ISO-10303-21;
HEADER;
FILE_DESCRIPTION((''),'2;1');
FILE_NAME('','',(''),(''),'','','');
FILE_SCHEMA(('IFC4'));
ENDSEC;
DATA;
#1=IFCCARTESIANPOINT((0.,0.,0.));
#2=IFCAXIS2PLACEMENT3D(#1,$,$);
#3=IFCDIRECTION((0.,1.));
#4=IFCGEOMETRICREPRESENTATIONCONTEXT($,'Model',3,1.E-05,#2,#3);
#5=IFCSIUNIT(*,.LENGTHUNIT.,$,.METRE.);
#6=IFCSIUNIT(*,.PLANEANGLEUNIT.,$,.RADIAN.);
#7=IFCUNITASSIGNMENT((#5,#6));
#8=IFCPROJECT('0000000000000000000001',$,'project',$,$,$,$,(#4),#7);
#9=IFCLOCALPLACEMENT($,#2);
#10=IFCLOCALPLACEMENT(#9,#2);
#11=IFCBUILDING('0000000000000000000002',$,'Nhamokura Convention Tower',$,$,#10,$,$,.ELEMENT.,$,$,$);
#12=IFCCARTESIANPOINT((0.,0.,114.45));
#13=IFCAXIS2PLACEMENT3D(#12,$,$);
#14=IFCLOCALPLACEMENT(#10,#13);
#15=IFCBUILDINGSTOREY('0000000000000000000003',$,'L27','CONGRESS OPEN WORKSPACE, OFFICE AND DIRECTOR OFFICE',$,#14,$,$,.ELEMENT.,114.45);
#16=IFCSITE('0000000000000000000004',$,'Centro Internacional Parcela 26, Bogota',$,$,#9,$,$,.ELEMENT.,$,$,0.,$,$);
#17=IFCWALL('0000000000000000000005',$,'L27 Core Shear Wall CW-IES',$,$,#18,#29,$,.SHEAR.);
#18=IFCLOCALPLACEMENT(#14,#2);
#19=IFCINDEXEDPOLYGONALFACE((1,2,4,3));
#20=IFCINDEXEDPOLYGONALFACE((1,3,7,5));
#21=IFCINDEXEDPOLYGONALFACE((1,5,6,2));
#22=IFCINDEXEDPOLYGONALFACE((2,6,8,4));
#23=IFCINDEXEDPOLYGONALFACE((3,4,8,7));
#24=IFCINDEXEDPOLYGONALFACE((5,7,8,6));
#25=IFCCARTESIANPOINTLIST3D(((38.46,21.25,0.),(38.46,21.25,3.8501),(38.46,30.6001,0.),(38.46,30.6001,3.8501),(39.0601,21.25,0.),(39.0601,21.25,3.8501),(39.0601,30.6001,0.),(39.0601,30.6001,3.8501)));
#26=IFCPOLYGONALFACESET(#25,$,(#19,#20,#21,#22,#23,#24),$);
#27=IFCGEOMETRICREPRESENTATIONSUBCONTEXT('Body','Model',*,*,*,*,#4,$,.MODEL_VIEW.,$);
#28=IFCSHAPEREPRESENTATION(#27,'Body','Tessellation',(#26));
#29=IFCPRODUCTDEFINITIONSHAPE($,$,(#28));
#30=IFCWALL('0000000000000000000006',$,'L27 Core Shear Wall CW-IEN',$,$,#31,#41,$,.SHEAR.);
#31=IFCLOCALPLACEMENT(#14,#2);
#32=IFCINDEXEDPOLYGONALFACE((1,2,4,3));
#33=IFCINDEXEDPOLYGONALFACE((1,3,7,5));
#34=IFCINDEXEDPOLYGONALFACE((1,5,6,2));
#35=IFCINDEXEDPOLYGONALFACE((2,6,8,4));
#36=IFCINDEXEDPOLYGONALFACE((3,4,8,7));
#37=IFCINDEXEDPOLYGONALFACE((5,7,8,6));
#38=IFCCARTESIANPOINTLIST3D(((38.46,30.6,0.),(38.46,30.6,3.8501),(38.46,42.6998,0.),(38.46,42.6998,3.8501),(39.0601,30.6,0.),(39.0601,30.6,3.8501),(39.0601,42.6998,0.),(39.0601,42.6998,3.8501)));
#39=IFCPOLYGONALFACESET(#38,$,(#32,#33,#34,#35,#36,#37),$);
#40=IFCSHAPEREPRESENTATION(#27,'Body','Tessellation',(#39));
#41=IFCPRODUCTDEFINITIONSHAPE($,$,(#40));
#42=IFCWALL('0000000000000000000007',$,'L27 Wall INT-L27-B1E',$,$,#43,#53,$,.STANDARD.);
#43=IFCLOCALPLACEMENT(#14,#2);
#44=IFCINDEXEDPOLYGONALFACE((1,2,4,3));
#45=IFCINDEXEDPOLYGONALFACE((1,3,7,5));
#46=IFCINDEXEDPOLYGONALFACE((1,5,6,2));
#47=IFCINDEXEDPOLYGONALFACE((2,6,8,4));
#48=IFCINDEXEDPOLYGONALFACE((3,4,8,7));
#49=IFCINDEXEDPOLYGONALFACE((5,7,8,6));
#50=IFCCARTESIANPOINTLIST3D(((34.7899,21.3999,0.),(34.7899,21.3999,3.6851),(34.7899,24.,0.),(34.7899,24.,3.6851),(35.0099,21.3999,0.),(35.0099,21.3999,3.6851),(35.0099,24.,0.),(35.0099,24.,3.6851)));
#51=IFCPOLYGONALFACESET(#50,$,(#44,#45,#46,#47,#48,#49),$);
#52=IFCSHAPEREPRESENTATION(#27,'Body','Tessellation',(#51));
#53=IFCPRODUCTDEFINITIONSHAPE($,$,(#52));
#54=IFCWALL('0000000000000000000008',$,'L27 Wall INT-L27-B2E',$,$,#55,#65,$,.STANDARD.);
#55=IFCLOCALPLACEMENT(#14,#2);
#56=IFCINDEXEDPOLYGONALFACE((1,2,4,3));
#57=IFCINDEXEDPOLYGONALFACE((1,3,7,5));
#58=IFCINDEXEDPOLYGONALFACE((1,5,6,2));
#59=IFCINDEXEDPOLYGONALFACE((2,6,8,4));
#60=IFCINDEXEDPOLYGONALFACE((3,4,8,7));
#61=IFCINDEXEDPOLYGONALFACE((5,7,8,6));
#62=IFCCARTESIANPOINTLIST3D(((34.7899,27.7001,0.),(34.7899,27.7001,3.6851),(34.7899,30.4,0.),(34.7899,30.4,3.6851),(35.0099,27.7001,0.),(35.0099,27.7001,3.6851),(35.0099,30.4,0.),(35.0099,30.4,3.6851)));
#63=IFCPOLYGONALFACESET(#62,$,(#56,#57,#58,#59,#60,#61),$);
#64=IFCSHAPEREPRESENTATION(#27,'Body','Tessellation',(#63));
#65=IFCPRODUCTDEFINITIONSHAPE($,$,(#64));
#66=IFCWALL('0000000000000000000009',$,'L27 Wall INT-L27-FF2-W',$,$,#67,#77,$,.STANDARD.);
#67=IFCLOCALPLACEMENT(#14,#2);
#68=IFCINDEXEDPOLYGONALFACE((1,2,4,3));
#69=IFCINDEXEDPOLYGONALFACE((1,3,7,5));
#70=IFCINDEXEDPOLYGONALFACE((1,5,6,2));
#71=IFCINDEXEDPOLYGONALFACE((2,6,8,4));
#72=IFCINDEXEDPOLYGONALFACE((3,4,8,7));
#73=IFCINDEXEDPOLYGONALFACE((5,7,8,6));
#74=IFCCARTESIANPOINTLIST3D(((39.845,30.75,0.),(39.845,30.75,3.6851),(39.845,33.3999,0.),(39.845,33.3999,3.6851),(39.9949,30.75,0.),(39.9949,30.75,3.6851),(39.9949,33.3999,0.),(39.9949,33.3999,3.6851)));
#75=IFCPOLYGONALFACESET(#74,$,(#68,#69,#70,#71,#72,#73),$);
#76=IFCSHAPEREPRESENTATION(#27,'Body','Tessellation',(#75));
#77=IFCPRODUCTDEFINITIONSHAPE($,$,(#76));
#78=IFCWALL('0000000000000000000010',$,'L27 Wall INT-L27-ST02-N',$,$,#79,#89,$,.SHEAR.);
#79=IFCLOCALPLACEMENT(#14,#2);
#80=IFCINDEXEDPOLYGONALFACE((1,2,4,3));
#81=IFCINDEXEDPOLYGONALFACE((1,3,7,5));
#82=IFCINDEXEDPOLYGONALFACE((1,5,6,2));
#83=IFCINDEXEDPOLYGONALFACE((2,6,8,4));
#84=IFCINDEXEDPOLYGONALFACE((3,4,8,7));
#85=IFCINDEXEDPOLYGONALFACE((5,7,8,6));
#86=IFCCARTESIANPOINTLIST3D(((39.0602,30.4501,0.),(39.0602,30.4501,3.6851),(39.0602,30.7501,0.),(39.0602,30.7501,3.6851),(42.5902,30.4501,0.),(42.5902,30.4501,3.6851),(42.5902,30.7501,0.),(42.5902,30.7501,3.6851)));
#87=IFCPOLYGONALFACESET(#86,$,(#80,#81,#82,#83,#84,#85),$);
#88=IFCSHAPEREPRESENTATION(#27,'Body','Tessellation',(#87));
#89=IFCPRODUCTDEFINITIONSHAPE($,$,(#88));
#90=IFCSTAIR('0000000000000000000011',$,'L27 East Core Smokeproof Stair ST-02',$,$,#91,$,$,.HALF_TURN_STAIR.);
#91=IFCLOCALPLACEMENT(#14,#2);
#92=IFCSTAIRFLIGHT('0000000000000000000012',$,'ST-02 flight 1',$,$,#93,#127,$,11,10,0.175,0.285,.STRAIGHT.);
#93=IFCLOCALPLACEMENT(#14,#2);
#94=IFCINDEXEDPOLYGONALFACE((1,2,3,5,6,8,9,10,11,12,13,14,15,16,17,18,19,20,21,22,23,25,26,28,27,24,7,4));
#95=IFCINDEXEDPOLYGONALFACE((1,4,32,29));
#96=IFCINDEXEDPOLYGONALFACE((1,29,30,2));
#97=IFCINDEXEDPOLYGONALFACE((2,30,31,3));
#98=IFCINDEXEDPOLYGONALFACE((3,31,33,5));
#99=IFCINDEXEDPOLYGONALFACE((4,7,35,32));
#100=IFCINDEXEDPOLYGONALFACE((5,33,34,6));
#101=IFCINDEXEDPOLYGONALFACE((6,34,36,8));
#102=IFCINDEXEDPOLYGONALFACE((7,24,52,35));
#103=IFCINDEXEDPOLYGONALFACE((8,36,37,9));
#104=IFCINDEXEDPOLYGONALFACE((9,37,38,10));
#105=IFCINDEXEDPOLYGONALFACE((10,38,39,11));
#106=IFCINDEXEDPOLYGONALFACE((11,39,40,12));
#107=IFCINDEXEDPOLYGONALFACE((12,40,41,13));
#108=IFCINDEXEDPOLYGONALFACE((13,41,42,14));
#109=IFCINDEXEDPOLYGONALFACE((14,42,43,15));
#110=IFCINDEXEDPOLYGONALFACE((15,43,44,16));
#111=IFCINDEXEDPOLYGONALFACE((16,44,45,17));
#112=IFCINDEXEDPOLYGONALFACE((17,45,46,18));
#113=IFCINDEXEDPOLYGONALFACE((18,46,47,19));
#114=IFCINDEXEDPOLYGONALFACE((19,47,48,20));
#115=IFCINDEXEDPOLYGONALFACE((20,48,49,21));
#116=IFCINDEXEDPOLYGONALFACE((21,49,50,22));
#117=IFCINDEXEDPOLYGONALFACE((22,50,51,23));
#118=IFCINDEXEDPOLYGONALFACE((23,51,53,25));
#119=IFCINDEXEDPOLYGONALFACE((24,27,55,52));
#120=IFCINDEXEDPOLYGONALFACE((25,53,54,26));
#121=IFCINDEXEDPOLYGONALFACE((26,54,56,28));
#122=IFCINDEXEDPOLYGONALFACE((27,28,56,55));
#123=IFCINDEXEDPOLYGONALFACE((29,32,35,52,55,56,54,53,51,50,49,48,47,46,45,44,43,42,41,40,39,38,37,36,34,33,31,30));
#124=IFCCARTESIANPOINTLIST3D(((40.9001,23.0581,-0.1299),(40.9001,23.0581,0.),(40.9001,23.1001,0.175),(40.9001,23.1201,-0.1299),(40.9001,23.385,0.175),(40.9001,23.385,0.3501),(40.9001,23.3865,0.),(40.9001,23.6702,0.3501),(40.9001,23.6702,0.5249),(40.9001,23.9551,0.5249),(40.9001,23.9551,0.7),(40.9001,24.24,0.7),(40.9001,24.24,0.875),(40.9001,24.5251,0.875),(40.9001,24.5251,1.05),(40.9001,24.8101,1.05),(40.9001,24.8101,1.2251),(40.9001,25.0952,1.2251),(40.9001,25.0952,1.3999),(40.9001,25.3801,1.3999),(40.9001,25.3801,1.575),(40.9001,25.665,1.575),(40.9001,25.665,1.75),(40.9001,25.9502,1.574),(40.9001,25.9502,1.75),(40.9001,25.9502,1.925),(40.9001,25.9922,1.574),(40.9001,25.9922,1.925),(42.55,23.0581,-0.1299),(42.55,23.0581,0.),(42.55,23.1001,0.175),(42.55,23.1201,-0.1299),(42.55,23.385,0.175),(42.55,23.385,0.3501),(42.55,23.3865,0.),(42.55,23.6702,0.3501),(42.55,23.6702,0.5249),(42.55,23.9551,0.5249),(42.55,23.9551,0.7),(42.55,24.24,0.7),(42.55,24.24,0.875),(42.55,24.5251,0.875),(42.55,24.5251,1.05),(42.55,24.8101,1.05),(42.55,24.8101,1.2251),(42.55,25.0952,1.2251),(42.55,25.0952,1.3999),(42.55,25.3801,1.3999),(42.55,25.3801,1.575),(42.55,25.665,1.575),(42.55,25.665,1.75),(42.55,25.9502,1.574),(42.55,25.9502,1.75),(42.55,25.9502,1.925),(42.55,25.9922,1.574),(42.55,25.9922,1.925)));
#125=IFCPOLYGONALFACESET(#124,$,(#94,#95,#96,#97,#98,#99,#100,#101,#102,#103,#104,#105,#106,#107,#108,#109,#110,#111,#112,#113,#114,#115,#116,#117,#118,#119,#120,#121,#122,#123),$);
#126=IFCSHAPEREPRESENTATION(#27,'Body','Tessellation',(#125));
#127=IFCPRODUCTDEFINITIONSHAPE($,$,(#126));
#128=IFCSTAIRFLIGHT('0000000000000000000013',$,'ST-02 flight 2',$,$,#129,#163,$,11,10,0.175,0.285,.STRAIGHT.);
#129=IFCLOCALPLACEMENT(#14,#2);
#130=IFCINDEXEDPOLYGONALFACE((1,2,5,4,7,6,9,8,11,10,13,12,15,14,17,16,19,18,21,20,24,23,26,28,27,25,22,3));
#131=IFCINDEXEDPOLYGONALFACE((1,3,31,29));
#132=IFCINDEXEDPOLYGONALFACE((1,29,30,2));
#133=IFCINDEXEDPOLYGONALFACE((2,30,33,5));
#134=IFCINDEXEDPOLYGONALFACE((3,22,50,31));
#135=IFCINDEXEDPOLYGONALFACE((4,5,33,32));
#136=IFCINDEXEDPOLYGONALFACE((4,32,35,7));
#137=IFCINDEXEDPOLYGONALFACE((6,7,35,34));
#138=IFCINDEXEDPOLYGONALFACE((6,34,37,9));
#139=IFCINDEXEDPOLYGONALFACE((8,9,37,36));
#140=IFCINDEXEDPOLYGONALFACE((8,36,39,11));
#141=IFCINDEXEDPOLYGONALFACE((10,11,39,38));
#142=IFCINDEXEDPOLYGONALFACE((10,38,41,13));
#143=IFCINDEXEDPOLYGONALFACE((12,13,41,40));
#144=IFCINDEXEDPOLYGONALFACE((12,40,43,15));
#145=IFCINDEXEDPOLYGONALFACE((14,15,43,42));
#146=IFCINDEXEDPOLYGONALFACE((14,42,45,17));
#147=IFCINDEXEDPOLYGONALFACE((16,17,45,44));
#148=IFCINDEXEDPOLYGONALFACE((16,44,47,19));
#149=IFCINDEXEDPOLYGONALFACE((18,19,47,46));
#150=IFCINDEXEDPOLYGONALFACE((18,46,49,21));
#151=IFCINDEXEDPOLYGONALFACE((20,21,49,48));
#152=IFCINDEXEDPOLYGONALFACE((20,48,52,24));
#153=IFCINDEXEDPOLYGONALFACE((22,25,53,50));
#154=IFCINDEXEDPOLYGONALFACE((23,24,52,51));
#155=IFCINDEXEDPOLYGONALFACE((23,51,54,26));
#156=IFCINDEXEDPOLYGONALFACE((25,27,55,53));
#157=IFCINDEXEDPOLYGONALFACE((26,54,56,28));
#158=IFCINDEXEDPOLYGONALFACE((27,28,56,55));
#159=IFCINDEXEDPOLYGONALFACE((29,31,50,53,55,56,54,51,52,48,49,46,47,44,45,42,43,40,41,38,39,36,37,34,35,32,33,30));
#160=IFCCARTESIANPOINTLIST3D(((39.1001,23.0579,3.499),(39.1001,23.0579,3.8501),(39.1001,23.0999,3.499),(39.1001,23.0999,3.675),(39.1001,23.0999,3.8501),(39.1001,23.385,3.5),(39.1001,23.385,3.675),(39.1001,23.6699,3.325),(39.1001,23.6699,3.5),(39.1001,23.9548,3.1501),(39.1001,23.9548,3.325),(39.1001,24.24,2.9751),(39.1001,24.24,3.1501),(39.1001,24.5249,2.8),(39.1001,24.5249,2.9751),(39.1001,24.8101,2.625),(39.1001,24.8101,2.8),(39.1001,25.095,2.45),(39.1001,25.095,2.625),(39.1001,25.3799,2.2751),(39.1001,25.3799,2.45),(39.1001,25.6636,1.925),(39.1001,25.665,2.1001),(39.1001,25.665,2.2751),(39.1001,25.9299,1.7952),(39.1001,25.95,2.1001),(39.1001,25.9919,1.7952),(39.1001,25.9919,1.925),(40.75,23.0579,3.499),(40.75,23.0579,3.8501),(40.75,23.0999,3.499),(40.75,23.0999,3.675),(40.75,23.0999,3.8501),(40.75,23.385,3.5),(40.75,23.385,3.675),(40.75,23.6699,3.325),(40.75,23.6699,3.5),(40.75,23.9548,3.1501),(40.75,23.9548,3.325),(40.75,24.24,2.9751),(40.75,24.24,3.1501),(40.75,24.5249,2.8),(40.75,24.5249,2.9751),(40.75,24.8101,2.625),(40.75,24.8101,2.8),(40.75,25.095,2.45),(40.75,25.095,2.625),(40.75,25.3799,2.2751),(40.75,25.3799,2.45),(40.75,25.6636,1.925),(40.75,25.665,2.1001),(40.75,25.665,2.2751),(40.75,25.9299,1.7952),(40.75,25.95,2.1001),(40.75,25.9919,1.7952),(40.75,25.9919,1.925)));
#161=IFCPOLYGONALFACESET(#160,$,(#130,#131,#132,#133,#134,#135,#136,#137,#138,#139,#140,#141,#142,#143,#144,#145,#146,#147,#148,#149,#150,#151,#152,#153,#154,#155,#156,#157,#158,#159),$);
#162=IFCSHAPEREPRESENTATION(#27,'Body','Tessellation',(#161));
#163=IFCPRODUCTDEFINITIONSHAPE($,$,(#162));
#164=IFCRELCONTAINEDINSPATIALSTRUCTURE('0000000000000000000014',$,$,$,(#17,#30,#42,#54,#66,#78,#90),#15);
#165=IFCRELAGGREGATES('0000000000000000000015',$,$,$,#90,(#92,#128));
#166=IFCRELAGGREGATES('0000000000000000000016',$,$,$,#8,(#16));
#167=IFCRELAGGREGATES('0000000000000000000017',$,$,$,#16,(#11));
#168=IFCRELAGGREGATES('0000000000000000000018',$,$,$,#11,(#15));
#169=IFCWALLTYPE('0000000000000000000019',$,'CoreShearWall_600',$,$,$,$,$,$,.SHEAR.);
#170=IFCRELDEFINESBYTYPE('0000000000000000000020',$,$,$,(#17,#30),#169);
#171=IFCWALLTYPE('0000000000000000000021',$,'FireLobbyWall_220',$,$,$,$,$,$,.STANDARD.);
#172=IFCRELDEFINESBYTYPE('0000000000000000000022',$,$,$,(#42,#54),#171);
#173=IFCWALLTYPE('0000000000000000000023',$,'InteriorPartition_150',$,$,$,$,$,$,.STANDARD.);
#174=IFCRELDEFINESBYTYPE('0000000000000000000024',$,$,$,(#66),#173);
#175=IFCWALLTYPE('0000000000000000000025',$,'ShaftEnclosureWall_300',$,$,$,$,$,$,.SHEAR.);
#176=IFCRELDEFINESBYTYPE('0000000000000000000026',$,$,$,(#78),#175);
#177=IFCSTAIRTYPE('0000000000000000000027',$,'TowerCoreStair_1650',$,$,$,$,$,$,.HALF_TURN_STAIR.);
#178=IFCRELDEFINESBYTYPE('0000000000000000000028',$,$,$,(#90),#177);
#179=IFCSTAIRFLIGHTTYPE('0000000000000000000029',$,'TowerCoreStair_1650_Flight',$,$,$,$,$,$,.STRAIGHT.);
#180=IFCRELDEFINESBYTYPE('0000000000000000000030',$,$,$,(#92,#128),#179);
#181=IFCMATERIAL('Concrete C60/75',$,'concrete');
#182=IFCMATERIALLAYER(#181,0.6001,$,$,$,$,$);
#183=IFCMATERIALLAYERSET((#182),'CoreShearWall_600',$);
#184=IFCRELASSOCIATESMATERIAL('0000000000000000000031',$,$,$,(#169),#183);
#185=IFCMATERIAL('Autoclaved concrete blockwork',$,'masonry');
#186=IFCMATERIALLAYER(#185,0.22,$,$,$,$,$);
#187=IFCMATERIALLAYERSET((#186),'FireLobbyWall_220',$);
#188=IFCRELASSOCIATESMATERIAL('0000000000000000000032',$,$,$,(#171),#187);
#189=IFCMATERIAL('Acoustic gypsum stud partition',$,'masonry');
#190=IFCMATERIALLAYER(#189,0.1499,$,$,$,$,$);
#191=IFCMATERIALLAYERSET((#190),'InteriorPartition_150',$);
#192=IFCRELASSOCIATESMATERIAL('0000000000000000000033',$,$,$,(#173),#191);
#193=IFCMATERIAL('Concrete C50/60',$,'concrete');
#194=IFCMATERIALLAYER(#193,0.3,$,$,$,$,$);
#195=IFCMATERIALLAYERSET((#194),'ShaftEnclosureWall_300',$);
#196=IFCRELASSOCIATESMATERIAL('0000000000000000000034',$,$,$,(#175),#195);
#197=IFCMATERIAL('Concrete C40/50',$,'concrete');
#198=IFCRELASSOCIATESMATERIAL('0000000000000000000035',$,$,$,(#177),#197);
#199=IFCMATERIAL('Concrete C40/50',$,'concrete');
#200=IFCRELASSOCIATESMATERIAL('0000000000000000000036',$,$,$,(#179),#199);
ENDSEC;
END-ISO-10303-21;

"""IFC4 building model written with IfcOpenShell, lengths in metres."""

from ifc_helpers import new_model, si_unit, direction, frame, frame_2d, origin, place, context, subcontext, project, spatial, polyline, rectangle, outline, extrude, material, layer, layer_set, type_object, element, aggregate, save


model = new_model("IFC4")

# Units and contexts
model_context = context("Model", 3, precision=1e-05, world=origin(), true_north=direction((0.0, 1.0)))
body_context = subcontext(model_context, "Body", "Model", "MODEL_VIEW")
ifc_project = project(units=[si_unit("LENGTHUNIT", "METRE"), si_unit("PLANEANGLEUNIT", "RADIAN")], contexts=[model_context])

# Site, building, storey
site_placement = place(None, origin())
site = spatial("IfcSite", under=ifc_project, at=site_placement, Name="Centro Internacional Parcela 26, Bogota", CompositionType="ELEMENT", RefElevation=0.0)
building_placement = place(site_placement, origin())
building = spatial("IfcBuilding", under=site, at=building_placement, Name="Nhamokura Convention Tower", CompositionType="ELEMENT")
storey_placement = place(building_placement, frame((0.0, 0.0, 114.45)))
storey = spatial("IfcBuildingStorey", under=building, at=storey_placement, Name="L27", Description="CONGRESS OPEN WORKSPACE, OFFICE AND DIRECTOR OFFICE", CompositionType="ELEMENT", Elevation=114.45)

# Shared definitions
ifc_material_1 = material(Name="Concrete C60/75", Category="concrete")
ifc_layer_1 = layer(ifc_material_1, 0.6001)
ifc_layer_set_1 = layer_set([ifc_layer_1], Name="CoreShearWall_600")
wall_type_1 = type_object("IfcWallType", Name="CoreShearWall_600", PredefinedType="SHEAR", material=ifc_layer_set_1)

# Walls
wall_1_placement = place(storey_placement, frame((38.76, 21.25, 0.0), z_axis=(0.0, 0.0, 1.0), x_axis=(0.0, 1.0, 0.0)))
element("IfcWall", 1, at=wall_1_placement, inside=storey, type_object=wall_type_1, Name="L27 Core Shear Wall CW-IES", PredefinedType="SHEAR", context=body_context, shape_type="SweptSolid", body=[
    extrude(rectangle(XDim=9.3501, YDim=0.6001, at=frame_2d((4.675, 0.0))), origin(), (0.0, 0.0, 1.0), 3.8501),
])
wall_2_placement = place(storey_placement, frame((38.76, 30.6001, 0.0), z_axis=(0.0, 0.0, 1.0), x_axis=(0.0, 1.0, 0.0)))
element("IfcWall", 2, at=wall_2_placement, inside=storey, type_object=wall_type_1, Name="L27 Core Shear Wall CW-IEN", PredefinedType="SHEAR", context=body_context, shape_type="SweptSolid", body=[
    extrude(rectangle(XDim=12.0999, YDim=0.6001, at=frame_2d((6.0498, 0.0))), origin(), (0.0, 0.0, 1.0), 3.8501),
])
ifc_material_2 = material(Name="Autoclaved concrete blockwork", Category="masonry")
ifc_layer_2 = layer(ifc_material_2, 0.22)
ifc_layer_set_2 = layer_set([ifc_layer_2], Name="FireLobbyWall_220")
wall_type_2 = type_object("IfcWallType", Name="FireLobbyWall_220", PredefinedType="STANDARD", material=ifc_layer_set_2)
wall_3_placement = place(storey_placement, frame((34.8999, 21.3999, 0.0), z_axis=(0.0, 0.0, 1.0), x_axis=(0.0, 1.0, 0.0)))
element("IfcWall", 3, at=wall_3_placement, inside=storey, type_object=wall_type_2, Name="L27 Wall INT-L27-B1E", PredefinedType="STANDARD", context=body_context, shape_type="SweptSolid", body=[
    extrude(rectangle(XDim=2.6001, YDim=0.22, at=frame_2d((1.3, 0.0))), origin(), (0.0, 0.0, 1.0), 3.6851),
])
wall_4_placement = place(storey_placement, frame((34.8999, 27.7, 0.0), z_axis=(0.0, 0.0, 1.0), x_axis=(0.0, 1.0, 0.0)))
element("IfcWall", 4, at=wall_4_placement, inside=storey, type_object=wall_type_2, Name="L27 Wall INT-L27-B2E", PredefinedType="STANDARD", context=body_context, shape_type="SweptSolid", body=[
    extrude(rectangle(XDim=2.7, YDim=0.22, at=frame_2d((1.3501, 0.0))), origin(), (0.0, 0.0, 1.0), 3.6851),
])
ifc_material_3 = material(Name="Acoustic gypsum stud partition", Category="masonry")
ifc_layer_3 = layer(ifc_material_3, 0.1499)
ifc_layer_set_3 = layer_set([ifc_layer_3], Name="InteriorPartition_150")
wall_type_3 = type_object("IfcWallType", Name="InteriorPartition_150", PredefinedType="STANDARD", material=ifc_layer_set_3)
wall_5_placement = place(storey_placement, frame((39.9199, 30.75, 0.0), z_axis=(0.0, 0.0, 1.0), x_axis=(0.0, 1.0, 0.0)))
element("IfcWall", 5, at=wall_5_placement, inside=storey, type_object=wall_type_3, Name="L27 Wall INT-L27-FF2-W", PredefinedType="STANDARD", context=body_context, shape_type="SweptSolid", body=[
    extrude(rectangle(XDim=2.6499, YDim=0.1499, at=frame_2d((1.325, 0.0))), origin(), (0.0, 0.0, 1.0), 3.6851),
])
ifc_material_4 = material(Name="Concrete C50/60", Category="concrete")
ifc_layer_4 = layer(ifc_material_4, 0.3)
ifc_layer_set_4 = layer_set([ifc_layer_4], Name="ShaftEnclosureWall_300")
wall_type_4 = type_object("IfcWallType", Name="ShaftEnclosureWall_300", PredefinedType="SHEAR", material=ifc_layer_set_4)
wall_6_placement = place(storey_placement, frame((39.0601, 30.6001, 0.0), z_axis=(0.0, 0.0, 1.0), x_axis=(1.0, 0.0, 0.0)))
element("IfcWall", 6, at=wall_6_placement, inside=storey, type_object=wall_type_4, Name="L27 Wall INT-L27-ST02-N", PredefinedType="SHEAR", context=body_context, shape_type="SweptSolid", body=[
    extrude(rectangle(XDim=3.53, YDim=0.3, at=frame_2d((1.7651, 0.0))), origin(), (0.0, 0.0, 1.0), 3.6851),
])

# Stair, stair flights
ifc_material_5 = material(Name="Concrete C40/50", Category="concrete")
stair_type = type_object("IfcStairType", Name="TowerCoreStair_1650", PredefinedType="HALF_TURN_STAIR", material=ifc_material_5)
stair_placement = place(storey_placement, origin())
stair = element("IfcStair", 7, at=stair_placement, inside=storey, type_object=stair_type, Name="L27 East Core Smokeproof Stair ST-02", PredefinedType="HALF_TURN_STAIR")
ifc_material_6 = material(Name="Concrete C40/50", Category="concrete")
stair_flight_type = type_object("IfcStairFlightType", Name="TowerCoreStair_1650_Flight", PredefinedType="STRAIGHT", material=ifc_material_6)
stair_flight_1_placement = place(storey_placement, frame((41.7251, 23.1001, 0.0), z_axis=(0.0, 0.0, 1.0), x_axis=(0.0, 1.0, 0.0)))
stair_flight_1 = element("IfcStairFlight", 8, at=stair_flight_1_placement, type_object=stair_flight_type, Name="ST-02 flight 1", NumberOfRisers=11, NumberOfTreads=10, PredefinedType="STRAIGHT", RiserHeight=0.175, TreadLength=0.285, context=body_context, shape_type="SweptSolid", body=[
    extrude(outline(polyline([(-0.042, 0.0), (0.0, 0.175), (0.2849, 0.175), (0.2849, 0.3501), (0.5701, 0.3501), (0.5701, 0.5249), (0.855, 0.5249), (0.855, 0.7), (1.1399, 0.7), (1.1399, 0.875), (1.425, 0.875), (1.425, 1.05), (1.71, 1.05), (1.71, 1.2251), (1.9951, 1.2251), (1.9951, 1.3999), (2.28, 1.3999), (2.28, 1.575), (2.5649, 1.575), (2.5649, 1.75), (2.8501, 1.75), (2.8501, 1.925), (2.8921, 1.925), (2.8921, 1.574), (2.8501, 1.574), (0.2864, 0.0), (0.02, -0.1299), (-0.042, -0.1299), (-0.042, 0.0)])), frame((0.0, 0.825, 0.0), z_axis=(0.0, -1.0, 0.0), x_axis=(1.0, 0.0, 0.0)), (0.0, 0.0, 1.0), 1.6499),
])
stair_flight_2_placement = place(storey_placement, frame((39.925, 25.95, 1.925), z_axis=(0.0, 0.0, 1.0), x_axis=(0.0, -1.0, 0.0)))
stair_flight_2 = element("IfcStairFlight", 9, at=stair_flight_2_placement, type_object=stair_flight_type, Name="ST-02 flight 2", NumberOfRisers=11, NumberOfTreads=10, PredefinedType="STRAIGHT", RiserHeight=0.175, TreadLength=0.285, context=body_context, shape_type="SweptSolid", body=[
    extrude(outline(polyline([(-0.042, 0.0), (0.0, 0.175), (0.2849, 0.175), (0.2849, 0.3501), (0.5701, 0.3501), (0.5701, 0.5249), (0.855, 0.5249), (0.855, 0.7), (1.1399, 0.7), (1.1399, 0.875), (1.425, 0.875), (1.425, 1.05), (1.71, 1.05), (1.71, 1.2251), (1.9951, 1.2251), (1.9951, 1.3999), (2.28, 1.3999), (2.28, 1.575), (2.5649, 1.575), (2.5649, 1.75), (2.8501, 1.75), (2.8501, 1.925), (2.8921, 1.925), (2.8921, 1.574), (2.8501, 1.574), (0.2864, 0.0), (0.02, -0.1299), (-0.042, -0.1299), (-0.042, 0.0)])), frame((0.0, 0.825, 0.0), z_axis=(0.0, -1.0, 0.0), x_axis=(1.0, 0.0, 0.0)), (0.0, 0.0, 1.0), 1.6499),
])
aggregate(stair, [stair_flight_1, stair_flight_2])

save(model, "model.ifc")
